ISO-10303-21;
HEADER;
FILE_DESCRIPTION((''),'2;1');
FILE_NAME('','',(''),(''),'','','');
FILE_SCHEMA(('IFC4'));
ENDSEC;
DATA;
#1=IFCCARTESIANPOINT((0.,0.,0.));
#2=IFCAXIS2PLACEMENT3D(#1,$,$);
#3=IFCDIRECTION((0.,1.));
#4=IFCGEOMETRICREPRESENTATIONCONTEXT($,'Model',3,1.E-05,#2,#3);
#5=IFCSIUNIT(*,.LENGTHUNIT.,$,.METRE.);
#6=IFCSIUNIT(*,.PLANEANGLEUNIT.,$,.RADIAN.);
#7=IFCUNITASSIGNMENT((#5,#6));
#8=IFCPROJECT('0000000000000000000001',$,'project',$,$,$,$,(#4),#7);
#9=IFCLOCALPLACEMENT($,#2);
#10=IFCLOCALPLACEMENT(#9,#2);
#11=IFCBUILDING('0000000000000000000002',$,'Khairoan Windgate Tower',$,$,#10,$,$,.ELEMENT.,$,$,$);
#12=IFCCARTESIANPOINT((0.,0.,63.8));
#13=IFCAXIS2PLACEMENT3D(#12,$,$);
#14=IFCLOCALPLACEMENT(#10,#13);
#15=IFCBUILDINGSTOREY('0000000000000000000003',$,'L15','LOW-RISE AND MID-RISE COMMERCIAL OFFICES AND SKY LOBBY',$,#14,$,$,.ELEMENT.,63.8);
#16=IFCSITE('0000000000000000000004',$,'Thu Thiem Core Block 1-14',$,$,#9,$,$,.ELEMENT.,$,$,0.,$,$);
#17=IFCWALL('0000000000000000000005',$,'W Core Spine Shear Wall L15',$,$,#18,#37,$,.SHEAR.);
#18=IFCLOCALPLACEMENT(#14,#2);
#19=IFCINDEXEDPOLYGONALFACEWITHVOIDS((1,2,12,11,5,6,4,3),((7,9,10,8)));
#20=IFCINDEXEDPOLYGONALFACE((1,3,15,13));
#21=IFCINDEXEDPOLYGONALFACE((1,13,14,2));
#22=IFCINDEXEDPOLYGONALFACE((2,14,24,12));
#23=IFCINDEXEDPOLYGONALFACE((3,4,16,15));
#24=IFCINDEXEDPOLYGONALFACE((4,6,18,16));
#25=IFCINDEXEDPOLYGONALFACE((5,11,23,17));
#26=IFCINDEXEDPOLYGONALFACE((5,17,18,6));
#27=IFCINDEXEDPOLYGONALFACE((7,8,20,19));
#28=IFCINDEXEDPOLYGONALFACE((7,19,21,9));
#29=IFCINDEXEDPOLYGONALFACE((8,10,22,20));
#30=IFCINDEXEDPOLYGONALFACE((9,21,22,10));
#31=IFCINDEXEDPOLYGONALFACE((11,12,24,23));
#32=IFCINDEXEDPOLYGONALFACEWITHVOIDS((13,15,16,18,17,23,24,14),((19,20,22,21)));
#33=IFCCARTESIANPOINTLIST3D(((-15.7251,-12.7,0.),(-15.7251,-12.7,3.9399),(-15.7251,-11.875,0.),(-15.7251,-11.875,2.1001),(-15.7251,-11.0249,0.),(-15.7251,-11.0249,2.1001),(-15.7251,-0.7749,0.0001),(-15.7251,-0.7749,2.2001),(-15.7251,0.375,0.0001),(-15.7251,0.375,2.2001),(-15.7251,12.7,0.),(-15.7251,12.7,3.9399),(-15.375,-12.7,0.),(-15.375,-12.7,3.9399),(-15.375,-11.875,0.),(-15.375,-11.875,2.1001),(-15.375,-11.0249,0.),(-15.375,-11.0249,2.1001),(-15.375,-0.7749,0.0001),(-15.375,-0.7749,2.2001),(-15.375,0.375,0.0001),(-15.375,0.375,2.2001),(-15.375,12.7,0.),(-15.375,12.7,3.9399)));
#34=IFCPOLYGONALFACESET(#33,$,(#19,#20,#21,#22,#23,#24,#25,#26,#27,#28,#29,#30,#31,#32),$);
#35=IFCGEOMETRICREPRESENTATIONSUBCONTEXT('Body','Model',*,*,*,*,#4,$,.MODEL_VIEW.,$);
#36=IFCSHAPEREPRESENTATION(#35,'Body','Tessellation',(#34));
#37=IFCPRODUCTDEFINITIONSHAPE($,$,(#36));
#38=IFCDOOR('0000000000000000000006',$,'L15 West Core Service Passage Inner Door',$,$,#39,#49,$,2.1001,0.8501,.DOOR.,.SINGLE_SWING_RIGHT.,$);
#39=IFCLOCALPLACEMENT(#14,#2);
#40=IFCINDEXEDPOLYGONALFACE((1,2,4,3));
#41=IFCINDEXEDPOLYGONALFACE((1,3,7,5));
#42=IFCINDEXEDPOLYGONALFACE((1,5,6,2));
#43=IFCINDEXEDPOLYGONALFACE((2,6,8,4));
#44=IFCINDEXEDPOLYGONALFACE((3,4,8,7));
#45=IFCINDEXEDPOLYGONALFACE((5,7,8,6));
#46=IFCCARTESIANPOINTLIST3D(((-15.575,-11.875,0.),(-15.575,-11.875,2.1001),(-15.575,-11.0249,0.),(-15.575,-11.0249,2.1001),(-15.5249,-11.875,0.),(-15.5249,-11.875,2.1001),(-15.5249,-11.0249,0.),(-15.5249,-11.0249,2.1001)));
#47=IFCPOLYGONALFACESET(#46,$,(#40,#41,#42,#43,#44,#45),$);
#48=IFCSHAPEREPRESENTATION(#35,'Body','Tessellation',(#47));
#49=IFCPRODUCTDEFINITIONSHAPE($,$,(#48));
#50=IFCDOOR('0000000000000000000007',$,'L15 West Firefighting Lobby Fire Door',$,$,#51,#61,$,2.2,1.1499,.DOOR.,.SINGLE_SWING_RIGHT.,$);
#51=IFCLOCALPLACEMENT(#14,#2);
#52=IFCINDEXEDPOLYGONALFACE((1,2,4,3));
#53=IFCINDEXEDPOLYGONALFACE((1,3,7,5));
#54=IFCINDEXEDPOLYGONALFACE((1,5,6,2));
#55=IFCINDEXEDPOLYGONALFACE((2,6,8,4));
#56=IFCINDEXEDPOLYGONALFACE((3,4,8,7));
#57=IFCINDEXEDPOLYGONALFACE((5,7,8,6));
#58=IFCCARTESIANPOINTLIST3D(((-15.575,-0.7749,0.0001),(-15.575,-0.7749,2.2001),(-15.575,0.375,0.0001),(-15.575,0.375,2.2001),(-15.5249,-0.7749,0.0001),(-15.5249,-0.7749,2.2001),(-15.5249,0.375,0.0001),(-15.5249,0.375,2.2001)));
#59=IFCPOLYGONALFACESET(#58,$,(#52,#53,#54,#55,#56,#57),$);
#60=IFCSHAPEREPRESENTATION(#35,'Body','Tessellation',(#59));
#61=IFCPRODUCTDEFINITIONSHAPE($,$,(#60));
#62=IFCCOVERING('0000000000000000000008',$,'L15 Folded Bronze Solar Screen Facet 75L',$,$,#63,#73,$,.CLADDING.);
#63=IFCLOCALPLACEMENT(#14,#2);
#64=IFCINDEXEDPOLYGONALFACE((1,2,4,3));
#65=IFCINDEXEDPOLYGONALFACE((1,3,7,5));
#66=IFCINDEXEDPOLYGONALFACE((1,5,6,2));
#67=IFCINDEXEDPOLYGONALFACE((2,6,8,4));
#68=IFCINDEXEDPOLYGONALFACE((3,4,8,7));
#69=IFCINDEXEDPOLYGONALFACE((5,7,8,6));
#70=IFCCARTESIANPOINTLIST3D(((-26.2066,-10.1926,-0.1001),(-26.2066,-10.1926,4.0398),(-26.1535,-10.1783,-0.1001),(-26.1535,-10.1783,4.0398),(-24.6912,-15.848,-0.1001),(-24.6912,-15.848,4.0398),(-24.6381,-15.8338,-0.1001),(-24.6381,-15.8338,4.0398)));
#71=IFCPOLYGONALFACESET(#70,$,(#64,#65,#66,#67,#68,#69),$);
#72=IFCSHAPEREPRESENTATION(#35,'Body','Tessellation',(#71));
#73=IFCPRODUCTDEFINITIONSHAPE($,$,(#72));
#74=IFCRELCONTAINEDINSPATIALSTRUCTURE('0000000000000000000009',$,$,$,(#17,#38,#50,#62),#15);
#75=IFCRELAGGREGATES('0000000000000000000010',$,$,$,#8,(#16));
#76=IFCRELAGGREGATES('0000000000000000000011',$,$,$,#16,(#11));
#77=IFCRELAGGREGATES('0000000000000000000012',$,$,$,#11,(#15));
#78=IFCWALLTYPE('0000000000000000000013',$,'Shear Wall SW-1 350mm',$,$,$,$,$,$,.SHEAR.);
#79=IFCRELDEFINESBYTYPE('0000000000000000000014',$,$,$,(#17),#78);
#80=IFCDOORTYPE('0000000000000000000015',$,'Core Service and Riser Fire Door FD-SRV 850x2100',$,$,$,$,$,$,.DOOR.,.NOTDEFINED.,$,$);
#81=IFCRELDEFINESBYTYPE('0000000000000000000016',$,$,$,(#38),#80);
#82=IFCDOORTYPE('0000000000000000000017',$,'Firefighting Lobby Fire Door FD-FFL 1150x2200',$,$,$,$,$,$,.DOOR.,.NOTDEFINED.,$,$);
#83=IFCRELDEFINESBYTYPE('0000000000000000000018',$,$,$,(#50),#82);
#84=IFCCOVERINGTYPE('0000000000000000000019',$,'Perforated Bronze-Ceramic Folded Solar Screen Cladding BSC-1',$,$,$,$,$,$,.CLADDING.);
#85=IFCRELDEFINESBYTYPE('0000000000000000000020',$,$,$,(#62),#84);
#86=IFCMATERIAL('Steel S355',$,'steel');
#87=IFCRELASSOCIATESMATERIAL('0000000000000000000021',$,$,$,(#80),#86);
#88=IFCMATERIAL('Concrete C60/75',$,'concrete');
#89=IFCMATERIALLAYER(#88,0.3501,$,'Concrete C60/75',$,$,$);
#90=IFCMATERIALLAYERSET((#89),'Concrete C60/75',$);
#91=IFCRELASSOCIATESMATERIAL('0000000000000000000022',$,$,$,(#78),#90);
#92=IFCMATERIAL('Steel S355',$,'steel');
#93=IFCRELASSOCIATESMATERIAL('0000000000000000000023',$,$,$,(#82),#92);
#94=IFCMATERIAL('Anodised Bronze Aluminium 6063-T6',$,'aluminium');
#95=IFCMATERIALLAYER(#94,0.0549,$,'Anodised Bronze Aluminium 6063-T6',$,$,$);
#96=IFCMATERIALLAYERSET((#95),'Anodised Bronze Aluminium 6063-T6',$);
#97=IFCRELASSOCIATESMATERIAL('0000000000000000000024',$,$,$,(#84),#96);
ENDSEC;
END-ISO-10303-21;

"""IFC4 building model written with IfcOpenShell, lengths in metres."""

from ifc_helpers import new_model, si_unit, direction, frame, frame_2d, origin, origin_2d, place, context, subcontext, project, spatial, rectangle, extrude, material, layer, layer_set, type_object, element, fill, save


model = new_model("IFC4")

# Units and contexts
model_context = context("Model", 3, precision=1e-05, world=origin(), true_north=direction((0.0, 1.0)))
body_context = subcontext(model_context, "Body", "Model", "MODEL_VIEW")
ifc_project = project(units=[si_unit("LENGTHUNIT", "METRE"), si_unit("PLANEANGLEUNIT", "RADIAN")], contexts=[model_context])

# Site, building, storey
site_placement = place(None, origin())
site = spatial("IfcSite", under=ifc_project, at=site_placement, Name="Thu Thiem Core Block 1-14", CompositionType="ELEMENT", RefElevation=0.0)
building_placement = place(site_placement, origin())
building = spatial("IfcBuilding", under=site, at=building_placement, Name="Khairoan Windgate Tower", CompositionType="ELEMENT")
storey_placement = place(building_placement, frame((0.0, 0.0, 63.8)))
storey = spatial("IfcBuildingStorey", under=building, at=storey_placement, Name="L15", Description="LOW-RISE AND MID-RISE COMMERCIAL OFFICES AND SKY LOBBY", CompositionType="ELEMENT", Elevation=63.8)

# Shared definitions
ifc_material_1 = material(Name="Steel S355", Category="steel")
door_type_1 = type_object("IfcDoorType", Name="Core Service and Riser Fire Door FD-SRV 850x2100", OperationType="NOTDEFINED", PredefinedType="DOOR", material=ifc_material_1)

# Wall, openings, doors
ifc_material_2 = material(Name="Concrete C60/75", Category="concrete")
ifc_layer_1 = layer(ifc_material_2, 0.3501, Name="Concrete C60/75")
ifc_layer_set_1 = layer_set([ifc_layer_1], Name="Concrete C60/75")
wall_type_1 = type_object("IfcWallType", Name="Shear Wall SW-1 350mm", PredefinedType="SHEAR", material=ifc_layer_set_1)
wall_1_placement = place(storey_placement, frame((-15.55, -12.7, 0.0), z_axis=(0.0, 0.0, 1.0), x_axis=(0.0, 1.0, 0.0)))
wall_1 = element("IfcWall", 1, at=wall_1_placement, inside=storey, type_object=wall_type_1, Name="W Core Spine Shear Wall L15", PredefinedType="SHEAR", context=body_context, shape_type="SweptSolid", body=[
    extrude(rectangle(XDim=25.3999, YDim=0.3501, at=frame_2d((12.7, 0.0))), origin(), (0.0, 0.0, 1.0), 3.9399),
])
opening_1_placement = place(wall_1_placement, frame((11.925, 0.0, 0.0)))
opening_1 = element("IfcOpeningElement", 2, at=opening_1_placement, cuts=wall_1, PredefinedType="OPENING", context=body_context, shape_type="SweptSolid", body=[
    extrude(rectangle(XDim=1.1499, YDim=2.2, at=frame_2d((0.575, 1.1001))), frame((0.0, 0.1851, 0.0), z_axis=(0.0, -1.0, 0.0), x_axis=(1.0, 0.0, 0.0)), (0.0, 0.0, 1.0), 0.3701),
])
opening_2_placement = place(wall_1_placement, frame((0.825, 0.0, 0.0)))
opening_2 = element("IfcOpeningElement", 3, at=opening_2_placement, cuts=wall_1, PredefinedType="OPENING", context=body_context, shape_type="SweptSolid", body=[
    extrude(rectangle(XDim=0.8501, YDim=2.1001, at=frame_2d((0.425, 1.05))), frame((0.0, 0.1851, 0.0), z_axis=(0.0, -1.0, 0.0), x_axis=(1.0, 0.0, 0.0)), (0.0, 0.0, 1.0), 0.3701),
])
door_1_placement = place(opening_2_placement, origin())
door_1 = element("IfcDoor", 4, at=door_1_placement, inside=storey, type_object=door_type_1, Name="L15 West Core Service Passage Inner Door", OperationType="SINGLE_SWING_RIGHT", OverallHeight=2.1001, OverallWidth=0.8501, PredefinedType="DOOR", context=body_context, shape_type="SweptSolid", body=[
    extrude(rectangle(XDim=0.8501, YDim=2.1001, at=frame_2d((0.425, 1.05))), frame((0.0, 0.0249, 0.0), z_axis=(0.0, -1.0, 0.0), x_axis=(1.0, 0.0, 0.0)), (0.0, 0.0, 1.0), 0.05),
])
fill(opening_2, door_1)
ifc_material_3 = material(Name="Steel S355", Category="steel")
door_type_2 = type_object("IfcDoorType", Name="Firefighting Lobby Fire Door FD-FFL 1150x2200", OperationType="NOTDEFINED", PredefinedType="DOOR", material=ifc_material_3)
door_2_placement = place(opening_1_placement, origin())
door_2 = element("IfcDoor", 5, at=door_2_placement, inside=storey, type_object=door_type_2, Name="L15 West Firefighting Lobby Fire Door", OperationType="SINGLE_SWING_RIGHT", OverallHeight=2.2, OverallWidth=1.1499, PredefinedType="DOOR", context=body_context, shape_type="SweptSolid", body=[
    extrude(rectangle(XDim=1.1499, YDim=2.2, at=frame_2d((0.575, 1.1001))), frame((0.0, 0.0249, 0.0), z_axis=(0.0, -1.0, 0.0), x_axis=(1.0, 0.0, 0.0)), (0.0, 0.0, 1.0), 0.05),
])
fill(opening_1, door_2)

# Covering
ifc_material_4 = material(Name="Anodised Bronze Aluminium 6063-T6", Category="aluminium")
ifc_layer_2 = layer(ifc_material_4, 0.0549, Name="Anodised Bronze Aluminium 6063-T6")
ifc_layer_set_2 = layer_set([ifc_layer_2], Name="Anodised Bronze Aluminium 6063-T6")
covering_type = type_object("IfcCoveringType", Name="Perforated Bronze-Ceramic Folded Solar Screen Cladding BSC-1", PredefinedType="CLADDING", material=ifc_layer_set_2)
covering_placement = place(storey_placement, frame((-25.4224, -13.0132, -0.1001), z_axis=(0.0, 0.0, 1.0), x_axis=(-0.258819, 0.965926, 0.0)))
element("IfcCovering", 6, at=covering_placement, inside=storey, type_object=covering_type, Name="L15 Folded Bronze Solar Screen Facet 75L", PredefinedType="CLADDING", context=body_context, shape_type="SweptSolid", body=[
    extrude(rectangle(XDim=5.855, YDim=0.0549, at=origin_2d()), origin(), (0.0, 0.0, 1.0), 4.1399),
])

save(model, "model.ifc")
